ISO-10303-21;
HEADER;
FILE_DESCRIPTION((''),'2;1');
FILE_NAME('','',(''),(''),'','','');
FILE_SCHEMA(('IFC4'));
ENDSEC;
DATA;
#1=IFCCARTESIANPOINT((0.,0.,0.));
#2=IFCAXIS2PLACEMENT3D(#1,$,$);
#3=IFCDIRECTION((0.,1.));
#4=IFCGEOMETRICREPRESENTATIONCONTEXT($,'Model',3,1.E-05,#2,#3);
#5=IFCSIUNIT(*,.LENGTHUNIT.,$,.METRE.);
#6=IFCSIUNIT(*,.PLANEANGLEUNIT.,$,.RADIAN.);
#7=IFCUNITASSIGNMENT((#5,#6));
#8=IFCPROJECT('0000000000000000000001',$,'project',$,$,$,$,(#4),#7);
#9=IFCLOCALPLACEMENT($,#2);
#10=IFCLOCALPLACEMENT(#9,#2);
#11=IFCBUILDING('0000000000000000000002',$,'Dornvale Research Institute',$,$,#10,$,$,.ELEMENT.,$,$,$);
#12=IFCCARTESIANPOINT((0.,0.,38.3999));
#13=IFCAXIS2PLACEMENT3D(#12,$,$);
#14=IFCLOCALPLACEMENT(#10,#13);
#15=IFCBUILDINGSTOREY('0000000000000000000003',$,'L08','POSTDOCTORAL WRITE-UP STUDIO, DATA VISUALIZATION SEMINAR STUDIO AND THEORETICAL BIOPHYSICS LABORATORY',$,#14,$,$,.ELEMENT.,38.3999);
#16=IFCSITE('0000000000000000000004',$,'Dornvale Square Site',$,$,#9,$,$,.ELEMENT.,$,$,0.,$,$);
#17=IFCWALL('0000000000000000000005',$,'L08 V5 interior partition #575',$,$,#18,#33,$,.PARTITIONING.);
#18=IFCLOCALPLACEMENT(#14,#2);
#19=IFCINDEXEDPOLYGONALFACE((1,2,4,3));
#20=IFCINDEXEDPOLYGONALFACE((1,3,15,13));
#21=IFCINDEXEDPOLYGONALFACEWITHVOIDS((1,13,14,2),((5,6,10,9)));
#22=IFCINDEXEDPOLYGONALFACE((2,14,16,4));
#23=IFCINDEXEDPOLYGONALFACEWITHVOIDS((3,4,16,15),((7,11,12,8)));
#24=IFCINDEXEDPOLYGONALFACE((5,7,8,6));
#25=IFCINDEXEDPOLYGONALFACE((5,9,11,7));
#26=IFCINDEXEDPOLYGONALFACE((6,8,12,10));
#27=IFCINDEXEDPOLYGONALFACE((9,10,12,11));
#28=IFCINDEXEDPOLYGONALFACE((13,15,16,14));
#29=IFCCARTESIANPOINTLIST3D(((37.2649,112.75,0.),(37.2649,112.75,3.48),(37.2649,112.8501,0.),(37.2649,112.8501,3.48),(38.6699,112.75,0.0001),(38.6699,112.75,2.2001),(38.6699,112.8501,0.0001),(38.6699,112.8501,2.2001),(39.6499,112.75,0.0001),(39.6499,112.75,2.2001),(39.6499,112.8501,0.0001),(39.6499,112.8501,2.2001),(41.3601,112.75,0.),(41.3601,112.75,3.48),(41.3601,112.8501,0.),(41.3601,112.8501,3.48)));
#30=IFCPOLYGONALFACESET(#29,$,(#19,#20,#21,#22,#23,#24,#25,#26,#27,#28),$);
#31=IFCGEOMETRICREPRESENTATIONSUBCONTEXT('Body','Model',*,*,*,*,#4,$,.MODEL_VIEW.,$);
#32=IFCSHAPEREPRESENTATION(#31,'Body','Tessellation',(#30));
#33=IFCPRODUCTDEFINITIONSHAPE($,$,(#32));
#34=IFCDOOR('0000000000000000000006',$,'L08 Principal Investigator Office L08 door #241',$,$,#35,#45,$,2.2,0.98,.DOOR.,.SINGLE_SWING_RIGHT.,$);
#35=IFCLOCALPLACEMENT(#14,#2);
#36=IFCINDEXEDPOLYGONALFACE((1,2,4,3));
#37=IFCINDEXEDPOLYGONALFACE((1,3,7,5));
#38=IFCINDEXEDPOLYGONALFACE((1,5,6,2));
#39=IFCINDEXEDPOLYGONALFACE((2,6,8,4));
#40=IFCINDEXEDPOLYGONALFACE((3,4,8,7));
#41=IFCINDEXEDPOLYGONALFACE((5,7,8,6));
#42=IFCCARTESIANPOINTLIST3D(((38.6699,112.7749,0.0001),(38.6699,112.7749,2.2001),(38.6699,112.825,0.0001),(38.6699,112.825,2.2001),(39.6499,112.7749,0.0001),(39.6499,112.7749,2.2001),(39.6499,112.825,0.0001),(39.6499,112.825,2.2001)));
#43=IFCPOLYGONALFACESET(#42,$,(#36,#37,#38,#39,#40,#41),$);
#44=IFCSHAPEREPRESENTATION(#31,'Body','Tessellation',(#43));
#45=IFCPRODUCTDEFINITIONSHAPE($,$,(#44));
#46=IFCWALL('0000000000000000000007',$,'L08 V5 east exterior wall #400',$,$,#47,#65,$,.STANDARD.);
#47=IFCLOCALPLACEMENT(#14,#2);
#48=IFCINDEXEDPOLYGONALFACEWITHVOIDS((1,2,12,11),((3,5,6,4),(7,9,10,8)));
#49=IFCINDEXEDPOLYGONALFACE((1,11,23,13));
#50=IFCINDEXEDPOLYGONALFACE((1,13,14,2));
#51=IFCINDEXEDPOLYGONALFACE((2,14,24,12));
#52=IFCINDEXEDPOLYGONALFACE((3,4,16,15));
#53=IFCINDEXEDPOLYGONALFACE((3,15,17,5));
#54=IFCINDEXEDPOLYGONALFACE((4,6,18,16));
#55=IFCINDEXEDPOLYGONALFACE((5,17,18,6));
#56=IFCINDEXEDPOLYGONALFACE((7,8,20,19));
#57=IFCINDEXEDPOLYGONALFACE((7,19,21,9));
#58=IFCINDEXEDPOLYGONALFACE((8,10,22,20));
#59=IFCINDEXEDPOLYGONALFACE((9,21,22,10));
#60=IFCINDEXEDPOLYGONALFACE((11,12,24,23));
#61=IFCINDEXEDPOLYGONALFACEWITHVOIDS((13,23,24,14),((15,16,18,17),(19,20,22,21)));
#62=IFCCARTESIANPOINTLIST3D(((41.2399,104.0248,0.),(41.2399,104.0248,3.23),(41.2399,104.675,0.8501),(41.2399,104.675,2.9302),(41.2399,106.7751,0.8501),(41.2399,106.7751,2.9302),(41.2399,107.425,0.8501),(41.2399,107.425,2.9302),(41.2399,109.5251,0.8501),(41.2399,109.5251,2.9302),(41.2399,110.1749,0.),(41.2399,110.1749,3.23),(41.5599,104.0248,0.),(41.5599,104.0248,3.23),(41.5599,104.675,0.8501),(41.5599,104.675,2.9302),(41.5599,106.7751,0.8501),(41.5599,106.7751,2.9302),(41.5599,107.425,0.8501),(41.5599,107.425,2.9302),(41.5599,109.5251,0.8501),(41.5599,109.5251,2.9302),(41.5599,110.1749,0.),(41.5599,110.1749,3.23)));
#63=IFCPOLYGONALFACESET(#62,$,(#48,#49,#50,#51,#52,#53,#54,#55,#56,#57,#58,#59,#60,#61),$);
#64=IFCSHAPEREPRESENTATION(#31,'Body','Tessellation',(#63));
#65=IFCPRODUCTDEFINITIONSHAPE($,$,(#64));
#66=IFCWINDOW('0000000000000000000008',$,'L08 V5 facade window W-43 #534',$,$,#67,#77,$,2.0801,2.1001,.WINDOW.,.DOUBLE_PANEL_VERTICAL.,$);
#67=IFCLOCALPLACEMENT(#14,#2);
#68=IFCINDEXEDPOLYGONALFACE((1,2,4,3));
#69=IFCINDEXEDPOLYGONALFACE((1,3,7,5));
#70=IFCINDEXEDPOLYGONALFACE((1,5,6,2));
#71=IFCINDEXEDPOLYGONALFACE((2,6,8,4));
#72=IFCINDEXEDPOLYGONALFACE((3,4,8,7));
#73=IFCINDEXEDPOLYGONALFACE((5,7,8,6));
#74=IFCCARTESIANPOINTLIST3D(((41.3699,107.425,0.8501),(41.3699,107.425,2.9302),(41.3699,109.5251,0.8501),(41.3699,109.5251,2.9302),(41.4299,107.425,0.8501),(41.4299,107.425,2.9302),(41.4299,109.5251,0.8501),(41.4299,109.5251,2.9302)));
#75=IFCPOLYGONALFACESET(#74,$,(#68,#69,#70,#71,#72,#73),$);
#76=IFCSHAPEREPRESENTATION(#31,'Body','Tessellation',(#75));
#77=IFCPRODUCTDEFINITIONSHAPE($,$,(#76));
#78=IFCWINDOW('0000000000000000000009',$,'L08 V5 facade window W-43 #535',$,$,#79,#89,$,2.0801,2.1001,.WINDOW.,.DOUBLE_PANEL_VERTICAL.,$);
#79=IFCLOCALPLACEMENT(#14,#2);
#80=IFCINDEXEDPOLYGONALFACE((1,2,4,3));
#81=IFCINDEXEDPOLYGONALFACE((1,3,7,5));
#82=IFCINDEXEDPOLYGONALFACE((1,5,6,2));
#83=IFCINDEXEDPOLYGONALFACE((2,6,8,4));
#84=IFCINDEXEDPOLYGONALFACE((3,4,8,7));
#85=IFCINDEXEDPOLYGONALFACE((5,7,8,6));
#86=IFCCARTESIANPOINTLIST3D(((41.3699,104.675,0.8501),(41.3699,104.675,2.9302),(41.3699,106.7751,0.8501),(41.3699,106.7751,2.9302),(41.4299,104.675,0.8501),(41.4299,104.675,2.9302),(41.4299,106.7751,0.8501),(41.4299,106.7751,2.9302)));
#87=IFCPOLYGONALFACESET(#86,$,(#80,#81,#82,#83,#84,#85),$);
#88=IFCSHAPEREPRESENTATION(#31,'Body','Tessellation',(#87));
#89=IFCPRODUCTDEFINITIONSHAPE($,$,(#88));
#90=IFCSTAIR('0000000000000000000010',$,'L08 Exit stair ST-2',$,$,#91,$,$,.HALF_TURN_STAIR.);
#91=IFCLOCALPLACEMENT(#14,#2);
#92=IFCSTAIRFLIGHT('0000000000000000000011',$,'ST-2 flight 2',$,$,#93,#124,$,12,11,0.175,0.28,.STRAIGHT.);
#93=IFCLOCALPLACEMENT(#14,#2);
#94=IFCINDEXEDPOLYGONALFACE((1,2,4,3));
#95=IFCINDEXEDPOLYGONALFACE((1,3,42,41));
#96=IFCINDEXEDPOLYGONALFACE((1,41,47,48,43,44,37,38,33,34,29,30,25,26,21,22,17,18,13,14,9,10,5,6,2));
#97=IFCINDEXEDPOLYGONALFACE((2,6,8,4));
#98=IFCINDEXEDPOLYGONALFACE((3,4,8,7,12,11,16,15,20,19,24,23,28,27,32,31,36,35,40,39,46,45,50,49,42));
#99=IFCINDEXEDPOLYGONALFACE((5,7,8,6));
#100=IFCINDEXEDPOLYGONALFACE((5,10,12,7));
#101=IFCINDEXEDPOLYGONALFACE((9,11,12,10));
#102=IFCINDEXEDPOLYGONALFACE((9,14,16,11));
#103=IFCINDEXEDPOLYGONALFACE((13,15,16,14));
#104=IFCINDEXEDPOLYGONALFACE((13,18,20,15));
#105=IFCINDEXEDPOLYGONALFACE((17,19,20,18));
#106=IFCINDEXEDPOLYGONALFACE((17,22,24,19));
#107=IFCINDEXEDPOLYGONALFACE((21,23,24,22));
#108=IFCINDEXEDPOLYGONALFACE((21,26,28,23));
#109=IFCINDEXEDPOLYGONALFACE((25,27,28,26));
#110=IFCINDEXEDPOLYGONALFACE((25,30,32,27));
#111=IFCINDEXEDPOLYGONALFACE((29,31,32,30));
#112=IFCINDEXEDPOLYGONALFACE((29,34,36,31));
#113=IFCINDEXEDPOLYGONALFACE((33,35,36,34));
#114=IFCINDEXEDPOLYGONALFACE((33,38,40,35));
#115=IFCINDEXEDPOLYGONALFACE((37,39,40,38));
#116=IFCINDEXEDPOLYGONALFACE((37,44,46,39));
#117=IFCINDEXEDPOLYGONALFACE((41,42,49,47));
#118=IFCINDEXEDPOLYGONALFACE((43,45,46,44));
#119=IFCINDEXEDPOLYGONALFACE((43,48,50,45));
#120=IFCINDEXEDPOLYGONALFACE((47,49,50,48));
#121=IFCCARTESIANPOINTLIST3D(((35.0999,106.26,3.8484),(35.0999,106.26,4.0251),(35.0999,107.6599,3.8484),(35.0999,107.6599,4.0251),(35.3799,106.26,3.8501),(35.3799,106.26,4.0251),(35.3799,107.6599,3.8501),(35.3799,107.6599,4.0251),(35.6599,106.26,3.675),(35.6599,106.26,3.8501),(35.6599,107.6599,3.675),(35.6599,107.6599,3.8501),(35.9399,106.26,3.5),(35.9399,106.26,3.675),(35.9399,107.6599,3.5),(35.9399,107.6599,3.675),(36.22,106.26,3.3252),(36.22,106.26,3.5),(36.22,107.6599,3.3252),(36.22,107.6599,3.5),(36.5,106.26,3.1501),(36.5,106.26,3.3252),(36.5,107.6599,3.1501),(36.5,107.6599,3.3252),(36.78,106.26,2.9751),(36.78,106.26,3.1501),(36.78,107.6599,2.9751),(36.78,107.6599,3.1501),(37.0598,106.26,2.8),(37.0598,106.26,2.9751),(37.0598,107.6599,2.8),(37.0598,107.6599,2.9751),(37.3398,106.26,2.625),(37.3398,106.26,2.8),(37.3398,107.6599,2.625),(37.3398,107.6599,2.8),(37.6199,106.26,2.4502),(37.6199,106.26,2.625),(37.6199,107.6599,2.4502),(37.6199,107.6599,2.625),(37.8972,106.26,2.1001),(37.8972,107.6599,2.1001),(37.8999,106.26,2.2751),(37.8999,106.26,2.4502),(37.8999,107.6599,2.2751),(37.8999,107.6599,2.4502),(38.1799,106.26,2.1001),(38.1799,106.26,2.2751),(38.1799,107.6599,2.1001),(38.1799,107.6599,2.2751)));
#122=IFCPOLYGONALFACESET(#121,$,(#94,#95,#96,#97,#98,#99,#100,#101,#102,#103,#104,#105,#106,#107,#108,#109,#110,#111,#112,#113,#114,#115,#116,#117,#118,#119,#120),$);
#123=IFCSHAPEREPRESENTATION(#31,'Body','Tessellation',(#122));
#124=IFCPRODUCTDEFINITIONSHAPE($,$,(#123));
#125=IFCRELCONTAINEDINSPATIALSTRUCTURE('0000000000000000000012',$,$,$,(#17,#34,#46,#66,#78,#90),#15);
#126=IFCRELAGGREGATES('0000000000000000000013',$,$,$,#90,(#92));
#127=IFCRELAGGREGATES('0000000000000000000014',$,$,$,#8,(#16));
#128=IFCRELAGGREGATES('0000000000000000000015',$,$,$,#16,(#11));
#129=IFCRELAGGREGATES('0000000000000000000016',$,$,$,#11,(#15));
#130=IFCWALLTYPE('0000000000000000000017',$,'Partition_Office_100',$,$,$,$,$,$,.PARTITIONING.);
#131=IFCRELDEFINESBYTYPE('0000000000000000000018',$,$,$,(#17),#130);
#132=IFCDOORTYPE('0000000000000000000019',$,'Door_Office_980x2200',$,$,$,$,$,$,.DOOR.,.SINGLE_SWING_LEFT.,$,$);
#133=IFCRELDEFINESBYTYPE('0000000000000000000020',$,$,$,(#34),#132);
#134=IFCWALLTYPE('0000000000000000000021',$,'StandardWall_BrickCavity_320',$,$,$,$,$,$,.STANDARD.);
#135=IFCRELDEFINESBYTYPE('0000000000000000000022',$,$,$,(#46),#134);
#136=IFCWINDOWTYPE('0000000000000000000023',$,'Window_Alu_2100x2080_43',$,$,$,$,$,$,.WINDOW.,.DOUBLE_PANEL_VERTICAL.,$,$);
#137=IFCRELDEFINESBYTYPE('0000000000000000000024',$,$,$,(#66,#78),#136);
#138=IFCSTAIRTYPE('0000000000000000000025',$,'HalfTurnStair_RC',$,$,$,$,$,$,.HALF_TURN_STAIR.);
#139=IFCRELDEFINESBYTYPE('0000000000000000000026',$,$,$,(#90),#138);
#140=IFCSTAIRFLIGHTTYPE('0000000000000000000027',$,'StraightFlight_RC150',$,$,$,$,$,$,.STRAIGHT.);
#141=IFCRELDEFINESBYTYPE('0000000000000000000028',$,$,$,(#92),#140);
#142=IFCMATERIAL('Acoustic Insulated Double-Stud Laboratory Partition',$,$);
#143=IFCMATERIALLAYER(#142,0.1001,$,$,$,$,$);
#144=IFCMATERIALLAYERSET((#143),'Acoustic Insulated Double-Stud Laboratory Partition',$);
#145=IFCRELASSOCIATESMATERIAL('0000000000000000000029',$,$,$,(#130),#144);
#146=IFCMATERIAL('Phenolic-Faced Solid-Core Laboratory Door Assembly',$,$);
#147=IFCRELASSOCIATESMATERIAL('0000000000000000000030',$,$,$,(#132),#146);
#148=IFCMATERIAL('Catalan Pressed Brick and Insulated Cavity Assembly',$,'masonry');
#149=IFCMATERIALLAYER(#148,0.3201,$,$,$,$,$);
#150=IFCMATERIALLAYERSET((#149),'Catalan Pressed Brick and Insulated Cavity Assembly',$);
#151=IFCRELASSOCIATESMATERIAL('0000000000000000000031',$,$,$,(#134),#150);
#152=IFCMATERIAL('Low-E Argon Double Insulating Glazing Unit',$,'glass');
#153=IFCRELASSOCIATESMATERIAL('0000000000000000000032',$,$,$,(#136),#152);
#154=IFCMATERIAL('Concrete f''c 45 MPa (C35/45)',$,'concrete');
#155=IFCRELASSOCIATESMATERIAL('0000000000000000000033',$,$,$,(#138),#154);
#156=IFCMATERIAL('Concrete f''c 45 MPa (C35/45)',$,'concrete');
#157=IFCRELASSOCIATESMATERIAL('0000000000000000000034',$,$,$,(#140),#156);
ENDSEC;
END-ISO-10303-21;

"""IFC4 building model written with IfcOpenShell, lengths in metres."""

from ifc_helpers import new_model, si_unit, direction, frame, frame_2d, origin, place, context, subcontext, project, spatial, polyline, rectangle, outline, extrude, material, layer, layer_set, type_object, element, fill, aggregate, save


model = new_model("IFC4")

# Units and contexts
model_context = context("Model", 3, precision=1e-05, world=origin(), true_north=direction((0.0, 1.0)))
body_context = subcontext(model_context, "Body", "Model", "MODEL_VIEW")
ifc_project = project(units=[si_unit("LENGTHUNIT", "METRE"), si_unit("PLANEANGLEUNIT", "RADIAN")], contexts=[model_context])

# Site, building, storey
site_placement = place(None, origin())
site = spatial("IfcSite", under=ifc_project, at=site_placement, Name="Dornvale Square Site", CompositionType="ELEMENT", RefElevation=0.0)
building_placement = place(site_placement, origin())
building = spatial("IfcBuilding", under=site, at=building_placement, Name="Dornvale Research Institute", CompositionType="ELEMENT")
storey_placement = place(building_placement, frame((0.0, 0.0, 38.3999)))
storey = spatial("IfcBuildingStorey", under=building, at=storey_placement, Name="L08", Description="POSTDOCTORAL WRITE-UP STUDIO, DATA VISUALIZATION SEMINAR STUDIO AND THEORETICAL BIOPHYSICS LABORATORY", CompositionType="ELEMENT", Elevation=38.3999)

# Shared definitions
ifc_material_1 = material(Name="Acoustic Insulated Double-Stud Laboratory Partition")
ifc_layer_1 = layer(ifc_material_1, 0.1001)
ifc_layer_set_1 = layer_set([ifc_layer_1], Name="Acoustic Insulated Double-Stud Laboratory Partition")
wall_type_1 = type_object("IfcWallType", Name="Partition_Office_100", PredefinedType="PARTITIONING", material=ifc_layer_set_1)

# Wall, opening, door
wall_1_placement = place(storey_placement, frame((37.2649, 112.8, 0.0), z_axis=(0.0, 0.0, 1.0), x_axis=(1.0, 0.0, 0.0)))
wall_1 = element("IfcWall", 1, at=wall_1_placement, inside=storey, type_object=wall_type_1, Name="L08 V5 interior partition #575", PredefinedType="PARTITIONING", context=body_context, shape_type="SweptSolid", body=[
    extrude(rectangle(XDim=4.0952, YDim=0.1001, at=frame_2d((2.0476, 0.0))), origin(), (0.0, 0.0, 1.0), 3.48),
])
opening_1_placement = place(wall_1_placement, frame((1.405, 0.0, 0.0)))
opening_1 = element("IfcOpeningElement", 2, at=opening_1_placement, cuts=wall_1, PredefinedType="OPENING", context=body_context, shape_type="SweptSolid", body=[
    extrude(rectangle(XDim=0.98, YDim=2.2, at=frame_2d((0.49, 1.1001))), frame((0.0, 0.0649, 0.0), z_axis=(0.0, -1.0, 0.0), x_axis=(1.0, 0.0, 0.0)), (0.0, 0.0, 1.0), 0.1301),
])
ifc_material_2 = material(Name="Phenolic-Faced Solid-Core Laboratory Door Assembly")
door_type = type_object("IfcDoorType", Name="Door_Office_980x2200", OperationType="SINGLE_SWING_LEFT", PredefinedType="DOOR", material=ifc_material_2)
door_placement = place(opening_1_placement, origin())
door = element("IfcDoor", 3, at=door_placement, inside=storey, type_object=door_type, Name="L08 Principal Investigator Office L08 door #241", OperationType="SINGLE_SWING_RIGHT", OverallHeight=2.2, OverallWidth=0.98, PredefinedType="DOOR", context=body_context, shape_type="SweptSolid", body=[
    extrude(rectangle(XDim=0.98, YDim=2.2, at=frame_2d((0.49, 1.1001))), frame((0.0, 0.0249, 0.0), z_axis=(0.0, -1.0, 0.0), x_axis=(1.0, 0.0, 0.0)), (0.0, 0.0, 1.0), 0.05),
])
fill(opening_1, door)

# Wall, openings, windows
ifc_material_3 = material(Name="Catalan Pressed Brick and Insulated Cavity Assembly", Category="masonry")
ifc_layer_2 = layer(ifc_material_3, 0.3201)
ifc_layer_set_2 = layer_set([ifc_layer_2], Name="Catalan Pressed Brick and Insulated Cavity Assembly")
wall_type_2 = type_object("IfcWallType", Name="StandardWall_BrickCavity_320", PredefinedType="STANDARD", material=ifc_layer_set_2)
wall_2_placement = place(storey_placement, frame((41.3999, 110.175, 0.0), z_axis=(0.0, 0.0, 1.0), x_axis=(0.0, -1.0, 0.0)))
wall_2 = element("IfcWall", 4, at=wall_2_placement, inside=storey, type_object=wall_type_2, Name="L08 V5 east exterior wall #400", PredefinedType="STANDARD", context=body_context, shape_type="SweptSolid", body=[
    extrude(rectangle(XDim=6.1501, YDim=0.3201, at=frame_2d((3.0752, 0.0))), origin(), (0.0, 0.0, 1.0), 3.23),
])
opening_2_placement = place(wall_2_placement, frame((0.6499, 0.0, 0.8501)))
opening_2 = element("IfcOpeningElement", 5, at=opening_2_placement, cuts=wall_2, PredefinedType="OPENING", context=body_context, shape_type="SweptSolid", body=[
    extrude(rectangle(XDim=2.1001, YDim=2.0801, at=frame_2d((1.05, 1.04))), frame((0.0, 0.175, 0.0), z_axis=(0.0, -1.0, 0.0), x_axis=(1.0, 0.0, 0.0)), (0.0, 0.0, 1.0), 0.3501),
])
opening_3_placement = place(wall_2_placement, frame((3.3999, 0.0, 0.8501)))
opening_3 = element("IfcOpeningElement", 6, at=opening_3_placement, cuts=wall_2, PredefinedType="OPENING", context=body_context, shape_type="SweptSolid", body=[
    extrude(rectangle(XDim=2.1001, YDim=2.0801, at=frame_2d((1.05, 1.04))), frame((0.0, 0.175, 0.0), z_axis=(0.0, -1.0, 0.0), x_axis=(1.0, 0.0, 0.0)), (0.0, 0.0, 1.0), 0.3501),
])
ifc_material_4 = material(Name="Low-E Argon Double Insulating Glazing Unit", Category="glass")
window_type = type_object("IfcWindowType", Name="Window_Alu_2100x2080_43", PartitioningType="DOUBLE_PANEL_VERTICAL", PredefinedType="WINDOW", material=ifc_material_4)
window_1_placement = place(opening_2_placement, origin())
window_1 = element("IfcWindow", 7, at=window_1_placement, inside=storey, type_object=window_type, Name="L08 V5 facade window W-43 #534", OverallHeight=2.0801, OverallWidth=2.1001, PartitioningType="DOUBLE_PANEL_VERTICAL", PredefinedType="WINDOW", context=body_context, shape_type="SweptSolid", body=[
    extrude(rectangle(XDim=2.1001, YDim=2.0801, at=frame_2d((1.05, 1.04))), frame((0.0, 0.03, 0.0), z_axis=(0.0, -1.0, 0.0), x_axis=(1.0, 0.0, 0.0)), (0.0, 0.0, 1.0), 0.0601),
])
fill(opening_2, window_1)
window_2_placement = place(opening_3_placement, origin())
window_2 = element("IfcWindow", 8, at=window_2_placement, inside=storey, type_object=window_type, Name="L08 V5 facade window W-43 #535", OverallHeight=2.0801, OverallWidth=2.1001, PartitioningType="DOUBLE_PANEL_VERTICAL", PredefinedType="WINDOW", context=body_context, shape_type="SweptSolid", body=[
    extrude(rectangle(XDim=2.1001, YDim=2.0801, at=frame_2d((1.05, 1.04))), frame((0.0, 0.03, 0.0), z_axis=(0.0, -1.0, 0.0), x_axis=(1.0, 0.0, 0.0)), (0.0, 0.0, 1.0), 0.0601),
])
fill(opening_3, window_2)

# Stair, stair flight
ifc_material_5 = material(Name="Concrete f'c 45 MPa (C35/45)", Category="concrete")
stair_type = type_object("IfcStairType", Name="HalfTurnStair_RC", PredefinedType="HALF_TURN_STAIR", material=ifc_material_5)
stair_placement = place(storey_placement, origin())
stair = element("IfcStair", 9, at=stair_placement, inside=storey, type_object=stair_type, Name="L08 Exit stair ST-2", PredefinedType="HALF_TURN_STAIR")
ifc_material_6 = material(Name="Concrete f'c 45 MPa (C35/45)", Category="concrete")
stair_flight_type = type_object("IfcStairFlightType", Name="StraightFlight_RC150", PredefinedType="STRAIGHT", material=ifc_material_6)
stair_flight_placement = place(storey_placement, frame((38.1799, 106.96, 2.1001), z_axis=(0.0, 0.0, 1.0), x_axis=(-1.0, 0.0, 0.0)))
stair_flight = element("IfcStairFlight", 10, at=stair_flight_placement, type_object=stair_flight_type, Name="ST-2 flight 2", NumberOfRisers=12, NumberOfTreads=11, PredefinedType="STRAIGHT", RiserHeight=0.175, TreadLength=0.28, context=body_context, shape_type="SweptSolid", body=[
    extrude(outline(polyline([(0.0, 0.0), (0.0, 0.175), (0.28, 0.175), (0.28, 0.3501), (0.5601, 0.3501), (0.5601, 0.5249), (0.8401, 0.5249), (0.8401, 0.7), (1.1201, 0.7), (1.1201, 0.875), (1.3999, 0.875), (1.3999, 1.05), (1.6799, 1.05), (1.6799, 1.2251), (1.96, 1.2251), (1.96, 1.3999), (2.24, 1.3999), (2.24, 1.575), (2.52, 1.575), (2.52, 1.75), (2.8, 1.75), (2.8, 1.925), (3.0801, 1.925), (3.0801, 2.1001), (3.0801, 1.7483), (0.2827, 0.0), (0.0, 0.0)])), frame((0.0, 0.7, 0.0), z_axis=(0.0, -1.0, 0.0), x_axis=(1.0, 0.0, 0.0)), (0.0, 0.0, 1.0), 1.3999),
])
aggregate(stair, [stair_flight])

save(model, "model.ifc")
